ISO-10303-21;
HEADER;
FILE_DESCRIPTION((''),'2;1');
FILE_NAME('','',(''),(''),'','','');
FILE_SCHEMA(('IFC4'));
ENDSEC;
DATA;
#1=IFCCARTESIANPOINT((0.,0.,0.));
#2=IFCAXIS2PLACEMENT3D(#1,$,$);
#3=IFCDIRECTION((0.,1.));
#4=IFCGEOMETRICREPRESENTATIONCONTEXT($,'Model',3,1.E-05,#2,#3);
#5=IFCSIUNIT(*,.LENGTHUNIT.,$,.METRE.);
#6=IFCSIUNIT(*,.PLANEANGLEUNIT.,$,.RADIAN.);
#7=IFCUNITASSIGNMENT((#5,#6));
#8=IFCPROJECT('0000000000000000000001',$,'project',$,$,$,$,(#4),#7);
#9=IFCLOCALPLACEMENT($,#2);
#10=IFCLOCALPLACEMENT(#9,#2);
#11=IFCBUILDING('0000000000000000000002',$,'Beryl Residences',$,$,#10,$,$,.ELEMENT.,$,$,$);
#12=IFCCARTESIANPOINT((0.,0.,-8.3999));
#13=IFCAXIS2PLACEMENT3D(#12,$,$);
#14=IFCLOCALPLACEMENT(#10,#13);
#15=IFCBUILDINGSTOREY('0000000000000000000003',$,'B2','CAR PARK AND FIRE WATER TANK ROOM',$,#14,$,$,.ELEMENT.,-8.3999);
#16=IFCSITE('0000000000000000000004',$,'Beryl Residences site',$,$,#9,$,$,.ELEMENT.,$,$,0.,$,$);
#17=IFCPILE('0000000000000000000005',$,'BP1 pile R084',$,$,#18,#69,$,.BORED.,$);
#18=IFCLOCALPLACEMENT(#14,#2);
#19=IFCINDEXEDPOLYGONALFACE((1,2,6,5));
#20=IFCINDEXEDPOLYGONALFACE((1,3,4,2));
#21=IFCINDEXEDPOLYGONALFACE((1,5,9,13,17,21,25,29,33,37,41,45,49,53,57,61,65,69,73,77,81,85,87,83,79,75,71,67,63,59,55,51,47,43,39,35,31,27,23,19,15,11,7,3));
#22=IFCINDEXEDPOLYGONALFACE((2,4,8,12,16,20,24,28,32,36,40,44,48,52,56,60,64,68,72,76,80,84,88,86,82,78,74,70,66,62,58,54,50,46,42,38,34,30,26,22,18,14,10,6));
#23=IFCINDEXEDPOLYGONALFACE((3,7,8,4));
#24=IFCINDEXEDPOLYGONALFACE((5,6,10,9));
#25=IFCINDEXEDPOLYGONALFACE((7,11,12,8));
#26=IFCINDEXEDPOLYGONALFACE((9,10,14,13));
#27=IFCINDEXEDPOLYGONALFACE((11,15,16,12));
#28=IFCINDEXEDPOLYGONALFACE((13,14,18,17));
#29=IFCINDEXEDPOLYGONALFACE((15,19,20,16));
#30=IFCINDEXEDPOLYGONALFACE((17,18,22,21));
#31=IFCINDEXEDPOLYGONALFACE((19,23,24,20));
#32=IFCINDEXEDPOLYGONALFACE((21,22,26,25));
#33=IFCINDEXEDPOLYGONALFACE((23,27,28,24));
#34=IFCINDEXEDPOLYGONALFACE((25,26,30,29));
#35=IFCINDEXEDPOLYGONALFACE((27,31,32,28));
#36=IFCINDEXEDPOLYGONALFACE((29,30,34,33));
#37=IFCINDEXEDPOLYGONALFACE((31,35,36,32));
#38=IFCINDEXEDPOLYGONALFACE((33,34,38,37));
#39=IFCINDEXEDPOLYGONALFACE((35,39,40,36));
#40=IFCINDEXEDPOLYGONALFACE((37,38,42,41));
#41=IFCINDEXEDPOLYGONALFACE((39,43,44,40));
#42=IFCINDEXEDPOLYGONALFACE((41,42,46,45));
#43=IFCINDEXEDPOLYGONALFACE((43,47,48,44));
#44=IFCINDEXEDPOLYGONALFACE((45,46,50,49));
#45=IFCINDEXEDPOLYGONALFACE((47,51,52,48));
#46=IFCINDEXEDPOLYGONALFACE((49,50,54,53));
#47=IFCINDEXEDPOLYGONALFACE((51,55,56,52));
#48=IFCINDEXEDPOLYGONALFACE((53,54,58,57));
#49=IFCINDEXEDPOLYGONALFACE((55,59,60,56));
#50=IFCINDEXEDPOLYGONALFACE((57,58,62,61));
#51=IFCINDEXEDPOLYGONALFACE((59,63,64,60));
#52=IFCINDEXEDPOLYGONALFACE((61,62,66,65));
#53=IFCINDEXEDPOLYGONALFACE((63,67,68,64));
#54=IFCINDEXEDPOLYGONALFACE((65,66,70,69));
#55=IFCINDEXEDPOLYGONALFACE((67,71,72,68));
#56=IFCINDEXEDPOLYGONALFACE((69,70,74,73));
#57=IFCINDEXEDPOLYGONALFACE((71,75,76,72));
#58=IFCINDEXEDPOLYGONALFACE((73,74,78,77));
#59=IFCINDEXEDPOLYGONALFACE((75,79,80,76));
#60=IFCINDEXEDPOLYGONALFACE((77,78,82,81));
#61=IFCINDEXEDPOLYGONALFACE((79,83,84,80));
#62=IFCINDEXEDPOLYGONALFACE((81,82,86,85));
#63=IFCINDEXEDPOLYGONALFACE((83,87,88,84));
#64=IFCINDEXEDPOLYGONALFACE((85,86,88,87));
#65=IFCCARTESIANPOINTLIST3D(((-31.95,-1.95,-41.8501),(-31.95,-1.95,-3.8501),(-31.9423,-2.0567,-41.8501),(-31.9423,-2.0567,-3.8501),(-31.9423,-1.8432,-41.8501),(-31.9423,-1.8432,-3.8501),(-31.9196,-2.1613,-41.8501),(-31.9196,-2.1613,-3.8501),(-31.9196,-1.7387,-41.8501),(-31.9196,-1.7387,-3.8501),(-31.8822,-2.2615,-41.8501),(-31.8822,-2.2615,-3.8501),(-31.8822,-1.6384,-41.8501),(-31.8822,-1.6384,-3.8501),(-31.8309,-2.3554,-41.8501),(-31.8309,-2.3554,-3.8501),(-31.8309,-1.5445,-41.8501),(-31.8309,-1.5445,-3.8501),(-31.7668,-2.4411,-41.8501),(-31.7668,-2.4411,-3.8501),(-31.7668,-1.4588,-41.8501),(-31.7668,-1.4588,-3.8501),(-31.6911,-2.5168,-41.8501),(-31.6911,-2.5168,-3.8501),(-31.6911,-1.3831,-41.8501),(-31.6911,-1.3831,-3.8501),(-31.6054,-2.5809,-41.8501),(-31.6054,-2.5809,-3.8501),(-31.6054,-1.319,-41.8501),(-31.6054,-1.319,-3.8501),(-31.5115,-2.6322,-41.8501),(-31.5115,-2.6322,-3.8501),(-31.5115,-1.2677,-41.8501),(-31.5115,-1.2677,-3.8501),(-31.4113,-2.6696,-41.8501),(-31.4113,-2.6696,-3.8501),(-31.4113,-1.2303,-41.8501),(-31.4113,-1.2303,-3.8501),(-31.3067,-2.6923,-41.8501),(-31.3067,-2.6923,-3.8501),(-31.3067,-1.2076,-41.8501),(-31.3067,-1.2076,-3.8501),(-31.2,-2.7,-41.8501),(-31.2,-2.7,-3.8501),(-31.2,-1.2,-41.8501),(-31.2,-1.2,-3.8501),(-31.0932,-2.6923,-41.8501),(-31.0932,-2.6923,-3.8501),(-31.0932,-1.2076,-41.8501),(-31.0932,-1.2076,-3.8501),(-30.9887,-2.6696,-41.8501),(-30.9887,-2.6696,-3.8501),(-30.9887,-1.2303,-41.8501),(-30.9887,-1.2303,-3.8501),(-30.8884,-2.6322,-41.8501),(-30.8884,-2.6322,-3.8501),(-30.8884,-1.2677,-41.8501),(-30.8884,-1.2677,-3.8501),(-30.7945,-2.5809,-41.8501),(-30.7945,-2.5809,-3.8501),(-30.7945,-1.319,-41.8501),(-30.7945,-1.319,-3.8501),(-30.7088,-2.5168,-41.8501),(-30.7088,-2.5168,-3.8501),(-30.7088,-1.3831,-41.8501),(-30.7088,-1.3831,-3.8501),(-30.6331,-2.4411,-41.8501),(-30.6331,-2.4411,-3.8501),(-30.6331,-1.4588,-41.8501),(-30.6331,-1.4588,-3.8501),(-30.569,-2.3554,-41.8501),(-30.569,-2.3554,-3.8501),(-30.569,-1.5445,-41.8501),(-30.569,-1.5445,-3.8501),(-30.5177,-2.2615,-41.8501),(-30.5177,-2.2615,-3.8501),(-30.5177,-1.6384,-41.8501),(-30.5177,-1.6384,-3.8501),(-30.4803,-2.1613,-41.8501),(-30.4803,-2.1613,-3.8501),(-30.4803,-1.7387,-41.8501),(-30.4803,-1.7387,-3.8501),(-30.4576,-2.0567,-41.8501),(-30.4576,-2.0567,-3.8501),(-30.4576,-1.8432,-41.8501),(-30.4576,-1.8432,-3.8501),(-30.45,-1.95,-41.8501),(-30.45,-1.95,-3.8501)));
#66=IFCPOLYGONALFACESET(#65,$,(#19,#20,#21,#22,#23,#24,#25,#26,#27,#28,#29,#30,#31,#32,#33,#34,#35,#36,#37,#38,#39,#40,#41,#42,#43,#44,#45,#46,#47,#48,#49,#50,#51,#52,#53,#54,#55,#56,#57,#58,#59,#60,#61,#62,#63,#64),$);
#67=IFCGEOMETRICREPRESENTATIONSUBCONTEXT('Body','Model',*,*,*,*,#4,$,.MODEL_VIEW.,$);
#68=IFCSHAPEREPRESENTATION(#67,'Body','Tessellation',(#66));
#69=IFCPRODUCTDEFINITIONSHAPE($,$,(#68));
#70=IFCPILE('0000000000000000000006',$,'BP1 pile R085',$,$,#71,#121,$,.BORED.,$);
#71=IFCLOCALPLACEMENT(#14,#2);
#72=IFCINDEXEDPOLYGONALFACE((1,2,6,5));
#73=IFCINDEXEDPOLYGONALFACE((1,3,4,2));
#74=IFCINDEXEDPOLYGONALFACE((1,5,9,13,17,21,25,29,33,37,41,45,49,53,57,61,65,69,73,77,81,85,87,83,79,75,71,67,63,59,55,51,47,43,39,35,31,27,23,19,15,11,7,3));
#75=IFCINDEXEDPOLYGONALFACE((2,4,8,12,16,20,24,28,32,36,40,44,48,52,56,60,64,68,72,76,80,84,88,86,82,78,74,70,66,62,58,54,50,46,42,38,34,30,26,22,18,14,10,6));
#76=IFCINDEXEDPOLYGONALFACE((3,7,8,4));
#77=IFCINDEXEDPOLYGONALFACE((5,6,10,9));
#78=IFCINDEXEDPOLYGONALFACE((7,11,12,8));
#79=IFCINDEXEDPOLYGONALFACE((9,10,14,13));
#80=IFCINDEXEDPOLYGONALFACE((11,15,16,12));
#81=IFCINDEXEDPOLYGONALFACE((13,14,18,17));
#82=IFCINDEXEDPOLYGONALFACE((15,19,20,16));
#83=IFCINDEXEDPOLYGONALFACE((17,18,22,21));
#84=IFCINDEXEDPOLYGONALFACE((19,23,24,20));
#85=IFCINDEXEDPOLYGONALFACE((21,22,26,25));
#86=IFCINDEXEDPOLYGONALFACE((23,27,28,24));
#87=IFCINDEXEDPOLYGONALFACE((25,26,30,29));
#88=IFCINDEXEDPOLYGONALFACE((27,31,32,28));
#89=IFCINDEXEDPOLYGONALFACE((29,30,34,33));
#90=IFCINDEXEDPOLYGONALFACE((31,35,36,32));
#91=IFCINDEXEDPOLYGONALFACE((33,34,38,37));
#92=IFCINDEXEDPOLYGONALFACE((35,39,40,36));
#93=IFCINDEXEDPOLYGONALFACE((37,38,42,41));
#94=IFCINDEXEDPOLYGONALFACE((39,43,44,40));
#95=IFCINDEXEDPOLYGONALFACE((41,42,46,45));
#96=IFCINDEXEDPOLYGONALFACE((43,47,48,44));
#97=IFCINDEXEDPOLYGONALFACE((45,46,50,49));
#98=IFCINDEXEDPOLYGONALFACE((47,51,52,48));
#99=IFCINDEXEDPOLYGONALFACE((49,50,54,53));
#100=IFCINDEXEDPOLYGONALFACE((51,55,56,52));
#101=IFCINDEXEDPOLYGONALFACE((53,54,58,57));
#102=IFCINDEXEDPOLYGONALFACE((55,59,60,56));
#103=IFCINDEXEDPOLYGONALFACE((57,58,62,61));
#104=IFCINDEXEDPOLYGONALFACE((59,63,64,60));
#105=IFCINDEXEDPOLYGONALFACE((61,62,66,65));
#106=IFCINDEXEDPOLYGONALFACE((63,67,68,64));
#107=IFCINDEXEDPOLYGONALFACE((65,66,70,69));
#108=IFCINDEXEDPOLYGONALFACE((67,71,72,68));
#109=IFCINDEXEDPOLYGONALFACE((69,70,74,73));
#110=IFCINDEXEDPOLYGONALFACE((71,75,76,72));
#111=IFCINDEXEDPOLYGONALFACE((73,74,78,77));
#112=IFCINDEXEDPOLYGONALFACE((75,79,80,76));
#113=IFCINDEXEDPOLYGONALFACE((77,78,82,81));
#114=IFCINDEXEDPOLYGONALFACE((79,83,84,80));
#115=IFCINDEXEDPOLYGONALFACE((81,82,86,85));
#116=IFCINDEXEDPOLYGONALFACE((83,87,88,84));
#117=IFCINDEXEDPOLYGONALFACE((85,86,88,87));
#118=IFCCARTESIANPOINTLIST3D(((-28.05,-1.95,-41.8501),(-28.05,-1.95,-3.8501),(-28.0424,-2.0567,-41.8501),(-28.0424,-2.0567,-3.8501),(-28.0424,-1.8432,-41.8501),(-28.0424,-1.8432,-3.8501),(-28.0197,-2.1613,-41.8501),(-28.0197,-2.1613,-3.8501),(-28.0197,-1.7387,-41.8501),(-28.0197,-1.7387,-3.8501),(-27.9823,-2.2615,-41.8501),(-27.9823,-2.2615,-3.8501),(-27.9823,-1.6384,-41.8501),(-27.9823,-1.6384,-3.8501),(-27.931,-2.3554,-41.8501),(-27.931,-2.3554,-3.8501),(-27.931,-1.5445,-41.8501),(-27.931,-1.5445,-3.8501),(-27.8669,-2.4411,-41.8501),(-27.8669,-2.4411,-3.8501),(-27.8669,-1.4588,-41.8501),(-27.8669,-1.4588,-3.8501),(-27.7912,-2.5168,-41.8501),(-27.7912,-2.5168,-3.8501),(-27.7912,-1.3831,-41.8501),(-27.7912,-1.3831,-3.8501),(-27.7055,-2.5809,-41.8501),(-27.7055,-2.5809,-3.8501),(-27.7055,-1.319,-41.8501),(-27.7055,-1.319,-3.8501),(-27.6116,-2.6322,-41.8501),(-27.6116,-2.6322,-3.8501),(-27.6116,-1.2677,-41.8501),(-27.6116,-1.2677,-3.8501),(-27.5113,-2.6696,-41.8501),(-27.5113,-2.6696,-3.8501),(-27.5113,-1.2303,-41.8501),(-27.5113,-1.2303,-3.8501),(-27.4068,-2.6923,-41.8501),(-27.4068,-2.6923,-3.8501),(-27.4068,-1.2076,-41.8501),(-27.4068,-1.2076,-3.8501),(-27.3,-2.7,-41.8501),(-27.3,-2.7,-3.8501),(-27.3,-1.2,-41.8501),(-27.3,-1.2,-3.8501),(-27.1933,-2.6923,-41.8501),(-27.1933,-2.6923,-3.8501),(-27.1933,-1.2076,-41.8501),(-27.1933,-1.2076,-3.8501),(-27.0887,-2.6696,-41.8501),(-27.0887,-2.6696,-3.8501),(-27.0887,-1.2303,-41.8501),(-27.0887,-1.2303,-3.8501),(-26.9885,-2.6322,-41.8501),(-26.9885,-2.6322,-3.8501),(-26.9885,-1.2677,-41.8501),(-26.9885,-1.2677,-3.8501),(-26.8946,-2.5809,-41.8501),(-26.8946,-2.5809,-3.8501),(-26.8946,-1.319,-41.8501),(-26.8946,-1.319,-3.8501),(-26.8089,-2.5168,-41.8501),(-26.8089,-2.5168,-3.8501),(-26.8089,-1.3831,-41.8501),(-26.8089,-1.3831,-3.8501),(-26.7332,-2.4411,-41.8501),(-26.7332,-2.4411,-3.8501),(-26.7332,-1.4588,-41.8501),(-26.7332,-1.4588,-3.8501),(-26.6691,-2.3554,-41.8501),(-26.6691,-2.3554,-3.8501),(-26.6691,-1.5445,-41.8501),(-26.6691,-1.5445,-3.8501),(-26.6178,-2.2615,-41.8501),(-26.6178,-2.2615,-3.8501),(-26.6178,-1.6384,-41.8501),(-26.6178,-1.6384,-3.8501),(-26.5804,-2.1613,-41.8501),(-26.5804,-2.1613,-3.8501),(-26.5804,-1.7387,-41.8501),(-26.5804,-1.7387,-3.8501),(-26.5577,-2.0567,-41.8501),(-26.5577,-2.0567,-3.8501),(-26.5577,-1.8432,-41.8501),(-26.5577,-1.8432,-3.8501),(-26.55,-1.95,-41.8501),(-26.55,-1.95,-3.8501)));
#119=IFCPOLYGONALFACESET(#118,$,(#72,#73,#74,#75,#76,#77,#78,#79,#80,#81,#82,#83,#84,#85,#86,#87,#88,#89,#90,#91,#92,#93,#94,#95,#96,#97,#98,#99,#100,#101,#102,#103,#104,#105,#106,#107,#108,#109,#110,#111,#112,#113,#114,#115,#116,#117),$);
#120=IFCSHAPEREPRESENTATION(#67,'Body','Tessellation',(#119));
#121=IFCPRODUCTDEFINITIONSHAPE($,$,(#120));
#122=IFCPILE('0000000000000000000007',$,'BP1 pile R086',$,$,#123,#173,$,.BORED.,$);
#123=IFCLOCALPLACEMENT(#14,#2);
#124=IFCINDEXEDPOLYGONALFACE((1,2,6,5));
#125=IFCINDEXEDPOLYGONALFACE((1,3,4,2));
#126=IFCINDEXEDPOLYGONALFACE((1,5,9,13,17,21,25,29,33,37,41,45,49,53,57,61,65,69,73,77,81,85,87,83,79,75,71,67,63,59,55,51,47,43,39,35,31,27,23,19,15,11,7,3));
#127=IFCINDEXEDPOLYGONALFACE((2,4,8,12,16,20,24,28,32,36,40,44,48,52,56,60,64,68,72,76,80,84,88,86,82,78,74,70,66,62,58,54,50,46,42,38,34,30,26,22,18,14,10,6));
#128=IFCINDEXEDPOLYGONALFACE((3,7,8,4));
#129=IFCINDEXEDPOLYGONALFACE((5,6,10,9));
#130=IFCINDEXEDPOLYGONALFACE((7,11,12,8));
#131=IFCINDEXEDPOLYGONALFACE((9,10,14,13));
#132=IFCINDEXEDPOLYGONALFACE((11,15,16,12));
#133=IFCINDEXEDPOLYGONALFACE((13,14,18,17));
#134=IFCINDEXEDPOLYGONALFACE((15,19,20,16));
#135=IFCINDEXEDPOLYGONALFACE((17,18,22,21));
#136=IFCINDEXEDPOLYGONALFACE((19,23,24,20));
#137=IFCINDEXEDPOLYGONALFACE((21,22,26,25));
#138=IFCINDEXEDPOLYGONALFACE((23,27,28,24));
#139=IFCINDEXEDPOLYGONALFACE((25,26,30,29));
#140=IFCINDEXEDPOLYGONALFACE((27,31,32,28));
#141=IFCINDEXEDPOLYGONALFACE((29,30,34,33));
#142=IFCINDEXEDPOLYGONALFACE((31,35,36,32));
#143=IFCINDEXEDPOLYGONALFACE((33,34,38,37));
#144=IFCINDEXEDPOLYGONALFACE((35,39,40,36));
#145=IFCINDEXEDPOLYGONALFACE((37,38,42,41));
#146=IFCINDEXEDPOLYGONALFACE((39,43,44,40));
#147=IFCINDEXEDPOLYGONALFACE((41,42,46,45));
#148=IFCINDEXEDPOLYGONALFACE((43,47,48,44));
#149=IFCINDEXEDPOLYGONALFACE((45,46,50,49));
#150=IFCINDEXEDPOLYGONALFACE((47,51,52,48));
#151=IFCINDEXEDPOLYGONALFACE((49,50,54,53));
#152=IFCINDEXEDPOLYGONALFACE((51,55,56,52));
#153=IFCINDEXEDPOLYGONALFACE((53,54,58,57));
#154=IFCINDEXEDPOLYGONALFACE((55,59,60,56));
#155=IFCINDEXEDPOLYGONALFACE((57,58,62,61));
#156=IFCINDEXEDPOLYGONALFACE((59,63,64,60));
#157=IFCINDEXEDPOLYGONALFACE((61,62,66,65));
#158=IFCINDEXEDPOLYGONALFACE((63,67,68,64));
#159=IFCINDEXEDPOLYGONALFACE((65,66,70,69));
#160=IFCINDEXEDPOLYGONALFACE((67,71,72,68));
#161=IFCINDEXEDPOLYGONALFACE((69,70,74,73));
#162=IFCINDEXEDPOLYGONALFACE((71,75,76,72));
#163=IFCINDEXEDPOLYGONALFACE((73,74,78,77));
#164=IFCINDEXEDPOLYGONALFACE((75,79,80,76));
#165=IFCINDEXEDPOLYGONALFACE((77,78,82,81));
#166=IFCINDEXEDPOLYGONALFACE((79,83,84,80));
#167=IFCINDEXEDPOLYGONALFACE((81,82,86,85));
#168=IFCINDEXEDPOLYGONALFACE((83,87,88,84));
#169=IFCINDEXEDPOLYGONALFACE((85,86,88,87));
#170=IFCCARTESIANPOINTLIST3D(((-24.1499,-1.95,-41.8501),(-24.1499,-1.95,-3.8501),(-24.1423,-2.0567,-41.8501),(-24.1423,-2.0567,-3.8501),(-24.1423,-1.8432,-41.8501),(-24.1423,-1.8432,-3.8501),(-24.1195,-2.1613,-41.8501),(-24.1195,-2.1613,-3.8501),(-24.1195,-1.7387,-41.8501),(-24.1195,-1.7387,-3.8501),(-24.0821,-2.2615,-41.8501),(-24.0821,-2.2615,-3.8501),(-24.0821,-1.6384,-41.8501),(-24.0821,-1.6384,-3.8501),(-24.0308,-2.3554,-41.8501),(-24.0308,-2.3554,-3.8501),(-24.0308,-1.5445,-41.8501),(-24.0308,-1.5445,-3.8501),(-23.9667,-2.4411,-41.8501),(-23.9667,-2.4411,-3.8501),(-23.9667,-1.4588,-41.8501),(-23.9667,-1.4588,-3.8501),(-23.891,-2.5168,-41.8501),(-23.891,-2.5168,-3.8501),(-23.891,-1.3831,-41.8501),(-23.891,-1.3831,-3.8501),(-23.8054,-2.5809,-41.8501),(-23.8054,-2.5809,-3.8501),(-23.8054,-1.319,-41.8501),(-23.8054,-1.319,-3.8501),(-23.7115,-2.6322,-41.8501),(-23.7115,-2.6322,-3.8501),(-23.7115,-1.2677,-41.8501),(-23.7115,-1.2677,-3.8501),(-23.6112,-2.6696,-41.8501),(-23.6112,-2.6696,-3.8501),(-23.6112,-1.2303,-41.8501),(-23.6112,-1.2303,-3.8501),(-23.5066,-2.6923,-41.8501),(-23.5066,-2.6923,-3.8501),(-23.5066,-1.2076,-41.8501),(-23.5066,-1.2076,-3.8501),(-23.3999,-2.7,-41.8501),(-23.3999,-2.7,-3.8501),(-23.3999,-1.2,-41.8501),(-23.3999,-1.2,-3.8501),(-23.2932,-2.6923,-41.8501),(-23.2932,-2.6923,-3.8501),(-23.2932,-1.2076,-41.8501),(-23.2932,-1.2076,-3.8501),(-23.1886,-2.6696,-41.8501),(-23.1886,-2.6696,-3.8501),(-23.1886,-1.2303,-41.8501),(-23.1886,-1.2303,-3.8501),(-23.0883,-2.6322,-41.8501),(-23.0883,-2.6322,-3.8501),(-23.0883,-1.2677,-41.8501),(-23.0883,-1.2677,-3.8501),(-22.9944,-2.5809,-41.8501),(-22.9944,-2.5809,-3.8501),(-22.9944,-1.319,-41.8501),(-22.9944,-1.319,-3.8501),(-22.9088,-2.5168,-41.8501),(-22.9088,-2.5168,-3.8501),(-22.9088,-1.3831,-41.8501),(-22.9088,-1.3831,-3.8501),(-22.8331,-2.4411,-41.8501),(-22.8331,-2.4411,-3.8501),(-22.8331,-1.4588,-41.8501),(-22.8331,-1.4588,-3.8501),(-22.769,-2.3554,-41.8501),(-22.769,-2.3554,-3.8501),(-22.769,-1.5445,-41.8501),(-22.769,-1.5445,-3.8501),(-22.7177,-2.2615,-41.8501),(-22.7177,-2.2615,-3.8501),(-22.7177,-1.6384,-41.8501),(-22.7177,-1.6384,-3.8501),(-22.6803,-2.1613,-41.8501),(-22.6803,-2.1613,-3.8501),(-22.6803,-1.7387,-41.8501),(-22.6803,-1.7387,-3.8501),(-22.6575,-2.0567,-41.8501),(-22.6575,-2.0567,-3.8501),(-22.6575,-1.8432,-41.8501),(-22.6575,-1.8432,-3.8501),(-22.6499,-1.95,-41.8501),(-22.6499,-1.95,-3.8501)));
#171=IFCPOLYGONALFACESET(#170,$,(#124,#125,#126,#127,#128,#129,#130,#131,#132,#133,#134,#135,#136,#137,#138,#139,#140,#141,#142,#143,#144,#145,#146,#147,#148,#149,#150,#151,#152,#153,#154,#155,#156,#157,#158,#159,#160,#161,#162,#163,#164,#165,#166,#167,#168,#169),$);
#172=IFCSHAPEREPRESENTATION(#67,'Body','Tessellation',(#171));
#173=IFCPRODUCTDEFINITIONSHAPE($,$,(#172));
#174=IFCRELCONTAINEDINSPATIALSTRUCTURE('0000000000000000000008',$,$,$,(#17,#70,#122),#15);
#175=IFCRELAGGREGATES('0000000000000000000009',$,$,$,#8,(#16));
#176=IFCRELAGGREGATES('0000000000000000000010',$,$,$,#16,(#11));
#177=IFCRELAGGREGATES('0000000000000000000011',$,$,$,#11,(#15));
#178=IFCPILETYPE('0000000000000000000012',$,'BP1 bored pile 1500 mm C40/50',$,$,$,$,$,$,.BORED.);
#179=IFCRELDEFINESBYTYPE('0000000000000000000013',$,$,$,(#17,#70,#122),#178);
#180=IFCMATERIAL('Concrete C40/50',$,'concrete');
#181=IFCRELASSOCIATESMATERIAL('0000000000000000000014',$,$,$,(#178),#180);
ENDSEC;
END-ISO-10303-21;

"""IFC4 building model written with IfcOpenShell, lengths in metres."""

from ifc_helpers import new_model, si_unit, direction, frame, origin, origin_2d, place, context, subcontext, project, spatial, circle, extrude, material, material_profile, profile_set, type_object, element, save


model = new_model("IFC4")

# Units and contexts
model_context = context("Model", 3, precision=1e-05, world=origin(), true_north=direction((0.0, 1.0)))
body_context = subcontext(model_context, "Body", "Model", "MODEL_VIEW")
ifc_project = project(units=[si_unit("LENGTHUNIT", "METRE"), si_unit("PLANEANGLEUNIT", "RADIAN")], contexts=[model_context])

# Site, building, storey
site_placement = place(None, origin())
site = spatial("IfcSite", under=ifc_project, at=site_placement, Name="Beryl Residences site", CompositionType="ELEMENT", RefElevation=0.0)
building_placement = place(site_placement, origin())
building = spatial("IfcBuilding", under=site, at=building_placement, Name="Beryl Residences", CompositionType="ELEMENT")
storey_placement = place(building_placement, frame((0.0, 0.0, -8.3999)))
storey = spatial("IfcBuildingStorey", under=building, at=storey_placement, Name="B2", Description="CAR PARK AND FIRE WATER TANK ROOM", CompositionType="ELEMENT", Elevation=-8.3999)

# Piles
ifc_material_1 = material(Name="Concrete C40/50", Category="concrete")
ifc_material_profile_1 = material_profile(ifc_material_1, circle(Radius=0.75, at=origin_2d()))
ifc_profile_set_1 = profile_set([ifc_material_profile_1], Name="Concrete C40/50")
pile_type_1 = type_object("IfcPileType", Name="BP1 bored pile 1500 mm C40/50", PredefinedType="BORED", material=ifc_profile_set_1)
for number, where, z_axis, x_axis, name in (
    (1, (-31.2, -1.95, -3.8501), (0.0, 0.0, -1.0), (1.0, 0.0, 0.0), "BP1 pile R084"),
    (2, (-27.3, -1.95, -3.8501), (0.0, 0.0, -1.0), (1.0, 0.0, 0.0), "BP1 pile R085"),
    (3, (-23.3999, -1.95, -3.8501), (0.0, 0.0, -1.0), (1.0, 0.0, 0.0), "BP1 pile R086"),
):
    element("IfcPile", number, at=place(storey_placement, frame(where, z_axis=z_axis, x_axis=x_axis)), inside=storey, type_object=pile_type_1, Name=name, PredefinedType="BORED", context=body_context, shape_type="SweptSolid", body=[
        extrude(circle(Radius=0.75, at=origin_2d()), origin(), (0.0, 0.0, 1.0), 38.0),
    ])

save(model, "model.ifc")
